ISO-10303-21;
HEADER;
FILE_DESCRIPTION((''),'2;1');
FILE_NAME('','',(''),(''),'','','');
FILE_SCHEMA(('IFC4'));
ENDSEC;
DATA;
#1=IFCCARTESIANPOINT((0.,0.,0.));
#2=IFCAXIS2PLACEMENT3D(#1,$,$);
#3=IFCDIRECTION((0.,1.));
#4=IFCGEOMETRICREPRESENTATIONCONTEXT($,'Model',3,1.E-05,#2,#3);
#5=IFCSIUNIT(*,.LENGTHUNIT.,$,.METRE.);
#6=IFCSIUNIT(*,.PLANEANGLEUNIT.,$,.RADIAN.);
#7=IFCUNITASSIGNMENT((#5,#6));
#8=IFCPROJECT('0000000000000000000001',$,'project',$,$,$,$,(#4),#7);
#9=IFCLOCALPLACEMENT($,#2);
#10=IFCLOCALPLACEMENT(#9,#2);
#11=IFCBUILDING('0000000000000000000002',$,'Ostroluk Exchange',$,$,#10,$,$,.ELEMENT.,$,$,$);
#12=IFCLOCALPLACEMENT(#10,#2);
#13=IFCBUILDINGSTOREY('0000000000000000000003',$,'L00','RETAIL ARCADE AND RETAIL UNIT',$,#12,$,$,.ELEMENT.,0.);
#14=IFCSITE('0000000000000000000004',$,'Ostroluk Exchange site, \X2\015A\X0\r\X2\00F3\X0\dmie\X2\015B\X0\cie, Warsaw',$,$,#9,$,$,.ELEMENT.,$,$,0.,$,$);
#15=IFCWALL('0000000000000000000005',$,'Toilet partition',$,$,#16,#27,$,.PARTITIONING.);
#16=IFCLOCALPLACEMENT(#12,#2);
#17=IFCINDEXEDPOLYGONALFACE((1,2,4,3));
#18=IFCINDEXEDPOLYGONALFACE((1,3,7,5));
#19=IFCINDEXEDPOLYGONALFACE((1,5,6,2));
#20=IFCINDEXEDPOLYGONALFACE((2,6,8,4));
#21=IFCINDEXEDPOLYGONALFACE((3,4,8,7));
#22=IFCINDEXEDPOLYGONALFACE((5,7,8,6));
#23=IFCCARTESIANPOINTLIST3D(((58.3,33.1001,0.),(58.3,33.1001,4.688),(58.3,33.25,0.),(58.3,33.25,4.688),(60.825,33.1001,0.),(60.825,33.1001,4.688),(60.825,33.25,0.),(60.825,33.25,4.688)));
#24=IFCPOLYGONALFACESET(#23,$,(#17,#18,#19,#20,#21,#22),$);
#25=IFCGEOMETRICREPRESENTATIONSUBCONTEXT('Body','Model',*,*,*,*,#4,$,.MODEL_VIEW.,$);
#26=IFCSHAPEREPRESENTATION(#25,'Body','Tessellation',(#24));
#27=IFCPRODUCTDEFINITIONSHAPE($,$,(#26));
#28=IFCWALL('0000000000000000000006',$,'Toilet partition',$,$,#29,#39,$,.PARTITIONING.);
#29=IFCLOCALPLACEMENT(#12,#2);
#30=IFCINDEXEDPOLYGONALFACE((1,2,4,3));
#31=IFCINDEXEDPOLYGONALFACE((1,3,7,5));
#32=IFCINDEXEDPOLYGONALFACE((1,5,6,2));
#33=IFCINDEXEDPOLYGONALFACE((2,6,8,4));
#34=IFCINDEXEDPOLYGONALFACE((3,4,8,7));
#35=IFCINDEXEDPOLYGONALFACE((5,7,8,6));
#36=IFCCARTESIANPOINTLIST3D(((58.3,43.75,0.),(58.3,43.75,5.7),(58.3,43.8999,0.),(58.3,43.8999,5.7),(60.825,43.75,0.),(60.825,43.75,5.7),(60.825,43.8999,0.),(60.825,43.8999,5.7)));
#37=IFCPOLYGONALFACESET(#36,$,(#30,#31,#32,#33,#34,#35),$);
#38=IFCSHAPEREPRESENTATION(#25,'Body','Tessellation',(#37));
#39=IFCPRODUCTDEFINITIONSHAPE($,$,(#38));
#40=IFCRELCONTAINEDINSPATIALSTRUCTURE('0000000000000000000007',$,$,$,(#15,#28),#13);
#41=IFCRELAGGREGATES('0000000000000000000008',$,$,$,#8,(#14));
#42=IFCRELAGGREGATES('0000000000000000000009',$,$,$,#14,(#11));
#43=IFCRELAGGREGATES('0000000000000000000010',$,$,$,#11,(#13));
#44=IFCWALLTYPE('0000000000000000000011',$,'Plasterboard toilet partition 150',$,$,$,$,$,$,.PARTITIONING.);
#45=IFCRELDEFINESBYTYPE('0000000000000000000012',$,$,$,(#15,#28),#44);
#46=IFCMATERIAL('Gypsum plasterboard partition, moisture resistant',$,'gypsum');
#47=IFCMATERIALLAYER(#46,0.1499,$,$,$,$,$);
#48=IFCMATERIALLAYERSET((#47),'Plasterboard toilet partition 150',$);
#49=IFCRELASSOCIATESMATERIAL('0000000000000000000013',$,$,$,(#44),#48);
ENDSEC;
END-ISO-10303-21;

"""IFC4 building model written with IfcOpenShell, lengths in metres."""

from ifc_helpers import new_model, si_unit, direction, frame, frame_2d, origin, place, context, subcontext, project, spatial, rectangle, extrude, material, layer, layer_set, type_object, element, save


model = new_model("IFC4")

# Units and contexts
model_context = context("Model", 3, precision=1e-05, world=origin(), true_north=direction((0.0, 1.0)))
body_context = subcontext(model_context, "Body", "Model", "MODEL_VIEW")
ifc_project = project(units=[si_unit("LENGTHUNIT", "METRE"), si_unit("PLANEANGLEUNIT", "RADIAN")], contexts=[model_context])

# Site, building, storey
site_placement = place(None, origin())
site = spatial("IfcSite", under=ifc_project, at=site_placement, Name="Ostroluk Exchange site, Śródmieście, Warsaw", CompositionType="ELEMENT", RefElevation=0.0)
building_placement = place(site_placement, origin())
building = spatial("IfcBuilding", under=site, at=building_placement, Name="Ostroluk Exchange", CompositionType="ELEMENT")
storey_placement = place(building_placement, origin())
storey = spatial("IfcBuildingStorey", under=building, at=storey_placement, Name="L00", Description="RETAIL ARCADE AND RETAIL UNIT", CompositionType="ELEMENT", Elevation=0.0)

# Shared definitions
ifc_material_1 = material(Name="Gypsum plasterboard partition, moisture resistant", Category="gypsum")
ifc_layer_1 = layer(ifc_material_1, 0.1499)
ifc_layer_set_1 = layer_set([ifc_layer_1], Name="Plasterboard toilet partition 150")
wall_type_1 = type_object("IfcWallType", Name="Plasterboard toilet partition 150", PredefinedType="PARTITIONING", material=ifc_layer_set_1)

# Walls
wall_1_placement = place(storey_placement, frame((60.825, 33.175, 0.0), z_axis=(0.0, 0.0, 1.0), x_axis=(-1.0, 0.0, 0.0)))
element("IfcWall", 1, at=wall_1_placement, inside=storey, type_object=wall_type_1, Name="Toilet partition", PredefinedType="PARTITIONING", context=body_context, shape_type="SweptSolid", body=[
    extrude(rectangle(XDim=2.5249, YDim=0.1499, at=frame_2d((1.2625, 0.0))), origin(), (0.0, 0.0, 1.0), 4.688),
])
wall_2_placement = place(storey_placement, frame((60.825, 43.825, 0.0), z_axis=(0.0, 0.0, 1.0), x_axis=(-1.0, 0.0, 0.0)))
element("IfcWall", 2, at=wall_2_placement, inside=storey, type_object=wall_type_1, Name="Toilet partition", PredefinedType="PARTITIONING", context=body_context, shape_type="SweptSolid", body=[
    extrude(rectangle(XDim=2.5249, YDim=0.1499, at=frame_2d((1.2625, 0.0))), origin(), (0.0, 0.0, 1.0), 5.7),
])

save(model, "model.ifc")
